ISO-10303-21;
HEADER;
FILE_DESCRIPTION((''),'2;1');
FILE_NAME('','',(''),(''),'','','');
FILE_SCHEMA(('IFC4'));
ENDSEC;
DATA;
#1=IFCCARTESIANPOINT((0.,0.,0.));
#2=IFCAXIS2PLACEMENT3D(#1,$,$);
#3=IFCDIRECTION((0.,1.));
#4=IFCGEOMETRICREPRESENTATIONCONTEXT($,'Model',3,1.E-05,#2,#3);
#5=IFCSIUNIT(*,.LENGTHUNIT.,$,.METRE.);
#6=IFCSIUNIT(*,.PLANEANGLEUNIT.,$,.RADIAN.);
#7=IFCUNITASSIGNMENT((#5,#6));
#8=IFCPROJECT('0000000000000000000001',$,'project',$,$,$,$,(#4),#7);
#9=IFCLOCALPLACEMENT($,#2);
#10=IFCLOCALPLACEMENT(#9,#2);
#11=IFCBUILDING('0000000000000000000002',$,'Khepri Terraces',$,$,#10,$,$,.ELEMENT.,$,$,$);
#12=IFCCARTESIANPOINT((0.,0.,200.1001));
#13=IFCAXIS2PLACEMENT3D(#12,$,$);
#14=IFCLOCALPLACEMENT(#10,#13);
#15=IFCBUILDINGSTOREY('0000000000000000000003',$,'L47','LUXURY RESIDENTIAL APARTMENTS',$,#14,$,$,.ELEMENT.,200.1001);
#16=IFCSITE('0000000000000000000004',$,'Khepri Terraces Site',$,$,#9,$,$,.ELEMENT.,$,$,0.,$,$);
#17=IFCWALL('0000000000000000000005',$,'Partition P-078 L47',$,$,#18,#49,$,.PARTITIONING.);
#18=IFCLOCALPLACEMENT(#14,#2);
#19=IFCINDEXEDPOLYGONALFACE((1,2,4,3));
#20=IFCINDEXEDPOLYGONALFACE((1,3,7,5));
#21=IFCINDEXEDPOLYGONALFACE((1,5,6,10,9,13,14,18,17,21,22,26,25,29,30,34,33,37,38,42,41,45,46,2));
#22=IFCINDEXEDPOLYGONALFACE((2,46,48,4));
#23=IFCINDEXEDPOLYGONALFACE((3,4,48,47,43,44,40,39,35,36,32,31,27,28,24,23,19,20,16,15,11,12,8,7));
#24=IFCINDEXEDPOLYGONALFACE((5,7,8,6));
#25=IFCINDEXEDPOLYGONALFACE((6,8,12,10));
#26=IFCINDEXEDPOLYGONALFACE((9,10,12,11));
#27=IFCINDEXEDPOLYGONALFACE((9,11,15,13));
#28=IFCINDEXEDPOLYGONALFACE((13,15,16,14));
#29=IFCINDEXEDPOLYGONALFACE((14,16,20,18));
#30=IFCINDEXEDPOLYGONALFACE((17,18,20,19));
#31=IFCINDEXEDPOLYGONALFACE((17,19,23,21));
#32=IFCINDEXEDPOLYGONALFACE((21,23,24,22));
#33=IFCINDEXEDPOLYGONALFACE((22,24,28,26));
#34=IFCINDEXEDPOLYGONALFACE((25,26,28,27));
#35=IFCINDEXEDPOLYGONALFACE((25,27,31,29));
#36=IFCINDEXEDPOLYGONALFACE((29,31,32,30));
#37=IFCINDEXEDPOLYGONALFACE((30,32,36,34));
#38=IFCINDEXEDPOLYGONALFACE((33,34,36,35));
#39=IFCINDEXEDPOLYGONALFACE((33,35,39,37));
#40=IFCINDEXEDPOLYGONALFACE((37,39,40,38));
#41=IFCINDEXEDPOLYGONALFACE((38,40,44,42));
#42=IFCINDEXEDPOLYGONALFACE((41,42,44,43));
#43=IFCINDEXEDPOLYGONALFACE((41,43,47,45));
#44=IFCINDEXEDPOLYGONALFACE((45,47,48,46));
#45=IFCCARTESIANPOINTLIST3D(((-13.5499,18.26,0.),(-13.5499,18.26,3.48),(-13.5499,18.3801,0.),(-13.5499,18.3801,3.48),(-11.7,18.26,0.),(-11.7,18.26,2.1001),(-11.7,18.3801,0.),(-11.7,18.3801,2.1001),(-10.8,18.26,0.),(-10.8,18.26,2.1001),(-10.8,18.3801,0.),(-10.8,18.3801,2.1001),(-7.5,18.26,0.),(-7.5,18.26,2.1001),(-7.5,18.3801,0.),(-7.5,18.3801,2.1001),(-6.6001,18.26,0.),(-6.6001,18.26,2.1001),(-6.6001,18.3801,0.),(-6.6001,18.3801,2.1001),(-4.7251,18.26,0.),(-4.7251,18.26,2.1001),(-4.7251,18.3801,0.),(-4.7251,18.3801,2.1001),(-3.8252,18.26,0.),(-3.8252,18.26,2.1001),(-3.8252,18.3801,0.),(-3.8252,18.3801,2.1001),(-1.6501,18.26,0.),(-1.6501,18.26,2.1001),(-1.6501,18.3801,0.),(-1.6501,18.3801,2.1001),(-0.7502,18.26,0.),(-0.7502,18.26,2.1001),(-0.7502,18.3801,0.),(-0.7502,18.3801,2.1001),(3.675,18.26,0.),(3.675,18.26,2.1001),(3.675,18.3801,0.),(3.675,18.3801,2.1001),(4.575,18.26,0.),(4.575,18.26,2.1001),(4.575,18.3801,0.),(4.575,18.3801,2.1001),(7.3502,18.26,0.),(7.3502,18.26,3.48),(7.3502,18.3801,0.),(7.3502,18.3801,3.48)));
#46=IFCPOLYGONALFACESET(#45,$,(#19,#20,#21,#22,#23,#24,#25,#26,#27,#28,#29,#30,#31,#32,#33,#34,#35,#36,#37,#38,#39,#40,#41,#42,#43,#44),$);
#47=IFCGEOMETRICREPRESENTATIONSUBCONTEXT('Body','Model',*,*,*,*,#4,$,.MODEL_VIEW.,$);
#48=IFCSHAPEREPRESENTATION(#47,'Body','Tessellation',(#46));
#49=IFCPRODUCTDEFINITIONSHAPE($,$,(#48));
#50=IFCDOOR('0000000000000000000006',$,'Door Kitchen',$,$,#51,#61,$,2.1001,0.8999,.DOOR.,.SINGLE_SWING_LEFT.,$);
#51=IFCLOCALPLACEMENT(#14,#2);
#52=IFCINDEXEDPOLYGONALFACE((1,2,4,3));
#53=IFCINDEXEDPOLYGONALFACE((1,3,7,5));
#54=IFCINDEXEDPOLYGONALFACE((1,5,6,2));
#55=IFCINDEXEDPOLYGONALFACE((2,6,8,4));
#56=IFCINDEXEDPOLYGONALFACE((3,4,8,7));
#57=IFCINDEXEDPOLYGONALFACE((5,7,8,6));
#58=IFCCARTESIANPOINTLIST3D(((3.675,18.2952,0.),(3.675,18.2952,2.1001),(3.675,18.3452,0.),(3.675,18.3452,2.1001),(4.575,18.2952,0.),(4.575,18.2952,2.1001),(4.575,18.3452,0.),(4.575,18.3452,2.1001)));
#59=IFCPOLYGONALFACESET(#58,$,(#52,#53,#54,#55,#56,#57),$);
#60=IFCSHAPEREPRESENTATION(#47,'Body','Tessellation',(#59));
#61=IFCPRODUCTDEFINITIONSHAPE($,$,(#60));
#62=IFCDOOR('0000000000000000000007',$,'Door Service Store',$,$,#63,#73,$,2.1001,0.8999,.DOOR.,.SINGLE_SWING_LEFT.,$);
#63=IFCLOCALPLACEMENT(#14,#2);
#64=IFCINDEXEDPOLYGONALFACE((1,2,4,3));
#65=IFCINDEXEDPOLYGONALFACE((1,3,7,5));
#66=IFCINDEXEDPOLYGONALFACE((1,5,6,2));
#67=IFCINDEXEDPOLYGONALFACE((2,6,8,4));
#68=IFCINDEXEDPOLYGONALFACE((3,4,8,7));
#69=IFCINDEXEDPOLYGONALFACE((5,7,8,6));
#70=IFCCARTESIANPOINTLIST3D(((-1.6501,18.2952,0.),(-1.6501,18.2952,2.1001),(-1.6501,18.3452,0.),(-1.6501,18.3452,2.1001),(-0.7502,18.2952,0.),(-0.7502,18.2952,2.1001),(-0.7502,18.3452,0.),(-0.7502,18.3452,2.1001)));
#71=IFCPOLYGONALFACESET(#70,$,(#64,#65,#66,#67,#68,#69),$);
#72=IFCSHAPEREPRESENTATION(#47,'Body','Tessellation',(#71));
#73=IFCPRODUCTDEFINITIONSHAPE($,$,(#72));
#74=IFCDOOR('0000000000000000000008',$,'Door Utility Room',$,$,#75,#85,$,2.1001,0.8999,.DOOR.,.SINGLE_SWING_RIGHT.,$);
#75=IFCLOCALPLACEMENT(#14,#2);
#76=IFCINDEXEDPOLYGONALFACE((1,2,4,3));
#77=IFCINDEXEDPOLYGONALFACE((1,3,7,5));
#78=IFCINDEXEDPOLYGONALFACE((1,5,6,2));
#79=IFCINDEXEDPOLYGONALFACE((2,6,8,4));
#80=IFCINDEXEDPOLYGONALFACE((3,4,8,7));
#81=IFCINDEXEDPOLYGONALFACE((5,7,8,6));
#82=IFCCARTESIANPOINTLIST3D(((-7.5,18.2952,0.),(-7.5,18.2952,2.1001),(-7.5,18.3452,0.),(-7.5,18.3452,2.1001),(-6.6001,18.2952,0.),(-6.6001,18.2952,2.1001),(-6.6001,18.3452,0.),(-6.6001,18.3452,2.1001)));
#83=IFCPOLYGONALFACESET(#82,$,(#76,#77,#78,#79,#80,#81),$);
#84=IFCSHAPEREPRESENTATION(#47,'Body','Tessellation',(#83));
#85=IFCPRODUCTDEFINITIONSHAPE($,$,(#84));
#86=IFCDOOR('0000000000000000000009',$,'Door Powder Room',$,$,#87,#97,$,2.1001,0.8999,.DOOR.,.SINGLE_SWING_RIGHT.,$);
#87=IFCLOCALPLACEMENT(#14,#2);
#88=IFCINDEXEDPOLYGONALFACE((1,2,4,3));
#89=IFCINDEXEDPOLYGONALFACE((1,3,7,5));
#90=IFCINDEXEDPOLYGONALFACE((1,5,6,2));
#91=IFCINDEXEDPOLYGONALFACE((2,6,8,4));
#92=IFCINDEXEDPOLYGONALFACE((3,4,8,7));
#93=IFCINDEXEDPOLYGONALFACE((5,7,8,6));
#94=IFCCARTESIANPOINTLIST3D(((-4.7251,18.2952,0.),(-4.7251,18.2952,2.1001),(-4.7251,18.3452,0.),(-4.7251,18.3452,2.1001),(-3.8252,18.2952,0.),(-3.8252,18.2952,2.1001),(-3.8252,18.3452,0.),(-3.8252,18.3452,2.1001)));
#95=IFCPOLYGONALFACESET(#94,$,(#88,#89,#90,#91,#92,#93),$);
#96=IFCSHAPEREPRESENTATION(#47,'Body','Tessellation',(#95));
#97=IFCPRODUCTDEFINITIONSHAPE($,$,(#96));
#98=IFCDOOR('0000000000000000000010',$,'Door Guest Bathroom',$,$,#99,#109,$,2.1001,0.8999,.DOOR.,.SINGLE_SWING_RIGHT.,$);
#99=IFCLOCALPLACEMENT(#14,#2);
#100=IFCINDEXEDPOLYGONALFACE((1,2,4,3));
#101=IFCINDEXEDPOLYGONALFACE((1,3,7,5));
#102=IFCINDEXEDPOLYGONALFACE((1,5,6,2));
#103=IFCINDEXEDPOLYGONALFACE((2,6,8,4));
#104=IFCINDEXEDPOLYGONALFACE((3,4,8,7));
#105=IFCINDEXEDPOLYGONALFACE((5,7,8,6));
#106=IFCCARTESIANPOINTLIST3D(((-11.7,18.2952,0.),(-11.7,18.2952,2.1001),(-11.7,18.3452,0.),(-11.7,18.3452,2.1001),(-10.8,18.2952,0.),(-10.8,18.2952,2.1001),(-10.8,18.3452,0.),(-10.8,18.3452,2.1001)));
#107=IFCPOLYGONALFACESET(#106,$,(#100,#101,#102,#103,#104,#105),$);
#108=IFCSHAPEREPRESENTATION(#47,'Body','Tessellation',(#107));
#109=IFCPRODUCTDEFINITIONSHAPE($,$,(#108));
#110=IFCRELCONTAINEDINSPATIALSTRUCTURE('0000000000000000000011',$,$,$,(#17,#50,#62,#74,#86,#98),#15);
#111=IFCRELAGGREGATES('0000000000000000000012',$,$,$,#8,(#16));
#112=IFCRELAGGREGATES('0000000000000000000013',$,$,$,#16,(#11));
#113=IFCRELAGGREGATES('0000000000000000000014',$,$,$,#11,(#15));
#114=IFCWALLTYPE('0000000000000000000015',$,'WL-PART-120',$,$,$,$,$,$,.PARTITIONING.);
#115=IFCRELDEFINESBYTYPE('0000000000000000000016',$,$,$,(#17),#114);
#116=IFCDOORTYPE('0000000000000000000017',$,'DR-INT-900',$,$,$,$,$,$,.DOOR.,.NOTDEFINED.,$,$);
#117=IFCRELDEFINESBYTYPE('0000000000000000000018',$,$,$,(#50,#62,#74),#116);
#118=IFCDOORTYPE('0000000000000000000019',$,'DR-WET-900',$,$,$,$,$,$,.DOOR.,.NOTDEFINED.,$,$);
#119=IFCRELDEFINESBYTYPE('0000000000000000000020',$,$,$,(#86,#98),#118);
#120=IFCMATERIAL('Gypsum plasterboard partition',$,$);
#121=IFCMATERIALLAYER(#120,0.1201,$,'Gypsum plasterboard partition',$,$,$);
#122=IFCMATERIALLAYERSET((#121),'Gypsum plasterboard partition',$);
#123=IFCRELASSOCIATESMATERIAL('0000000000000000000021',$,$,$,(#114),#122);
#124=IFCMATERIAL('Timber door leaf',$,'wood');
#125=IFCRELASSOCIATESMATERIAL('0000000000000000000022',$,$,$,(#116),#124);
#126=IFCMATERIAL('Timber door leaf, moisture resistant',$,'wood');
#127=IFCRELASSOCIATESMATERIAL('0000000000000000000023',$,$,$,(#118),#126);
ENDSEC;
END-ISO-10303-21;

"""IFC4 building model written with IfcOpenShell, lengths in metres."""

from ifc_helpers import new_model, si_unit, direction, frame, frame_2d, origin, place, context, subcontext, project, spatial, rectangle, extrude, material, layer, layer_set, type_object, element, fill, save


model = new_model("IFC4")

# Units and contexts
model_context = context("Model", 3, precision=1e-05, world=origin(), true_north=direction((0.0, 1.0)))
body_context = subcontext(model_context, "Body", "Model", "MODEL_VIEW")
ifc_project = project(units=[si_unit("LENGTHUNIT", "METRE"), si_unit("PLANEANGLEUNIT", "RADIAN")], contexts=[model_context])

# Site, building, storey
site_placement = place(None, origin())
site = spatial("IfcSite", under=ifc_project, at=site_placement, Name="Khepri Terraces Site", CompositionType="ELEMENT", RefElevation=0.0)
building_placement = place(site_placement, origin())
building = spatial("IfcBuilding", under=site, at=building_placement, Name="Khepri Terraces", CompositionType="ELEMENT")
storey_placement = place(building_placement, frame((0.0, 0.0, 200.1001)))
storey = spatial("IfcBuildingStorey", under=building, at=storey_placement, Name="L47", Description="LUXURY RESIDENTIAL APARTMENTS", CompositionType="ELEMENT", Elevation=200.1001)

# Shared definitions
ifc_material_1 = material(Name="Gypsum plasterboard partition")
ifc_layer_1 = layer(ifc_material_1, 0.1201, Name="Gypsum plasterboard partition")
ifc_layer_set_1 = layer_set([ifc_layer_1], Name="Gypsum plasterboard partition")
wall_type_1 = type_object("IfcWallType", Name="WL-PART-120", PredefinedType="PARTITIONING", material=ifc_layer_set_1)

# Wall, openings, doors
wall_1_placement = place(storey_placement, frame((-13.55, 18.3201, 0.0), z_axis=(0.0, 0.0, 1.0), x_axis=(1.0, 0.0, 0.0)))
wall_1 = element("IfcWall", 1, at=wall_1_placement, inside=storey, type_object=wall_type_1, Name="Partition P-078 L47", PredefinedType="PARTITIONING", context=body_context, shape_type="SweptSolid", body=[
    extrude(rectangle(XDim=20.9001, YDim=0.1201, at=frame_2d((10.4502, 0.0))), origin(), (0.0, 0.0, 1.0), 3.48),
])
opening_1_placement = place(wall_1_placement, frame((17.2251, 0.0, 0.0)))
opening_1 = element("IfcOpeningElement", 2, at=opening_1_placement, cuts=wall_1, PredefinedType="OPENING", context=body_context, shape_type="SweptSolid", body=[
    extrude(rectangle(XDim=0.8999, YDim=2.1001, at=frame_2d((0.45, 1.05))), frame((0.0, 0.0701, 0.0), z_axis=(0.0, -1.0, 0.0), x_axis=(1.0, 0.0, 0.0)), (0.0, 0.0, 1.0), 0.1401),
])
opening_2_placement = place(wall_1_placement, frame((11.8999, 0.0, 0.0)))
opening_2 = element("IfcOpeningElement", 3, at=opening_2_placement, cuts=wall_1, PredefinedType="OPENING", context=body_context, shape_type="SweptSolid", body=[
    extrude(rectangle(XDim=0.8999, YDim=2.1001, at=frame_2d((0.45, 1.05))), frame((0.0, 0.0701, 0.0), z_axis=(0.0, -1.0, 0.0), x_axis=(1.0, 0.0, 0.0)), (0.0, 0.0, 1.0), 0.1401),
])
opening_3_placement = place(wall_1_placement, frame((8.825, 0.0, 0.0)))
opening_3 = element("IfcOpeningElement", 4, at=opening_3_placement, cuts=wall_1, PredefinedType="OPENING", context=body_context, shape_type="SweptSolid", body=[
    extrude(rectangle(XDim=0.8999, YDim=2.1001, at=frame_2d((0.45, 1.05))), frame((0.0, 0.0701, 0.0), z_axis=(0.0, -1.0, 0.0), x_axis=(1.0, 0.0, 0.0)), (0.0, 0.0, 1.0), 0.1401),
])
opening_4_placement = place(wall_1_placement, frame((6.05, 0.0, 0.0)))
opening_4 = element("IfcOpeningElement", 5, at=opening_4_placement, cuts=wall_1, PredefinedType="OPENING", context=body_context, shape_type="SweptSolid", body=[
    extrude(rectangle(XDim=0.8999, YDim=2.1001, at=frame_2d((0.45, 1.05))), frame((0.0, 0.0701, 0.0), z_axis=(0.0, -1.0, 0.0), x_axis=(1.0, 0.0, 0.0)), (0.0, 0.0, 1.0), 0.1401),
])
opening_5_placement = place(wall_1_placement, frame((1.8501, 0.0, 0.0)))
opening_5 = element("IfcOpeningElement", 6, at=opening_5_placement, cuts=wall_1, PredefinedType="OPENING", context=body_context, shape_type="SweptSolid", body=[
    extrude(rectangle(XDim=0.8999, YDim=2.1001, at=frame_2d((0.45, 1.05))), frame((0.0, 0.0701, 0.0), z_axis=(0.0, -1.0, 0.0), x_axis=(1.0, 0.0, 0.0)), (0.0, 0.0, 1.0), 0.1401),
])
ifc_material_2 = material(Name="Timber door leaf", Category="wood")
door_type_1 = type_object("IfcDoorType", Name="DR-INT-900", OperationType="NOTDEFINED", PredefinedType="DOOR", material=ifc_material_2)
door_1_placement = place(opening_1_placement, frame((0.8999, 0.0, 0.0), z_axis=(0.0, 0.0, 1.0), x_axis=(-1.0, 0.0, 0.0)))
door_1 = element("IfcDoor", 7, at=door_1_placement, inside=storey, type_object=door_type_1, Name="Door Kitchen", OperationType="SINGLE_SWING_LEFT", OverallHeight=2.1001, OverallWidth=0.8999, PredefinedType="DOOR", context=body_context, shape_type="SweptSolid", body=[
    extrude(rectangle(XDim=0.8999, YDim=2.1001, at=frame_2d((0.45, 1.05))), frame((0.0, 0.0249, 0.0), z_axis=(0.0, -1.0, 0.0), x_axis=(1.0, 0.0, 0.0)), (0.0, 0.0, 1.0), 0.05),
])
fill(opening_1, door_1)
door_2_placement = place(opening_2_placement, frame((0.8999, 0.0, 0.0), z_axis=(0.0, 0.0, 1.0), x_axis=(-1.0, 0.0, 0.0)))
door_2 = element("IfcDoor", 8, at=door_2_placement, inside=storey, type_object=door_type_1, Name="Door Service Store", OperationType="SINGLE_SWING_LEFT", OverallHeight=2.1001, OverallWidth=0.8999, PredefinedType="DOOR", context=body_context, shape_type="SweptSolid", body=[
    extrude(rectangle(XDim=0.8999, YDim=2.1001, at=frame_2d((0.45, 1.05))), frame((0.0, 0.0249, 0.0), z_axis=(0.0, -1.0, 0.0), x_axis=(1.0, 0.0, 0.0)), (0.0, 0.0, 1.0), 0.05),
])
fill(opening_2, door_2)
door_3_placement = place(opening_4_placement, frame((0.8999, 0.0, 0.0), z_axis=(0.0, 0.0, 1.0), x_axis=(-1.0, 0.0, 0.0)))
door_3 = element("IfcDoor", 9, at=door_3_placement, inside=storey, type_object=door_type_1, Name="Door Utility Room", OperationType="SINGLE_SWING_RIGHT", OverallHeight=2.1001, OverallWidth=0.8999, PredefinedType="DOOR", context=body_context, shape_type="SweptSolid", body=[
    extrude(rectangle(XDim=0.8999, YDim=2.1001, at=frame_2d((0.45, 1.05))), frame((0.0, 0.0249, 0.0), z_axis=(0.0, -1.0, 0.0), x_axis=(1.0, 0.0, 0.0)), (0.0, 0.0, 1.0), 0.05),
])
fill(opening_4, door_3)
ifc_material_3 = material(Name="Timber door leaf, moisture resistant", Category="wood")
door_type_2 = type_object("IfcDoorType", Name="DR-WET-900", OperationType="NOTDEFINED", PredefinedType="DOOR", material=ifc_material_3)
door_4_placement = place(opening_3_placement, frame((0.8999, 0.0, 0.0), z_axis=(0.0, 0.0, 1.0), x_axis=(-1.0, 0.0, 0.0)))
door_4 = element("IfcDoor", 10, at=door_4_placement, inside=storey, type_object=door_type_2, Name="Door Powder Room", OperationType="SINGLE_SWING_RIGHT", OverallHeight=2.1001, OverallWidth=0.8999, PredefinedType="DOOR", context=body_context, shape_type="SweptSolid", body=[
    extrude(rectangle(XDim=0.8999, YDim=2.1001, at=frame_2d((0.45, 1.05))), frame((0.0, 0.0249, 0.0), z_axis=(0.0, -1.0, 0.0), x_axis=(1.0, 0.0, 0.0)), (0.0, 0.0, 1.0), 0.05),
])
fill(opening_3, door_4)
door_5_placement = place(opening_5_placement, frame((0.8999, 0.0, 0.0), z_axis=(0.0, 0.0, 1.0), x_axis=(-1.0, 0.0, 0.0)))
door_5 = element("IfcDoor", 11, at=door_5_placement, inside=storey, type_object=door_type_2, Name="Door Guest Bathroom", OperationType="SINGLE_SWING_RIGHT", OverallHeight=2.1001, OverallWidth=0.8999, PredefinedType="DOOR", context=body_context, shape_type="SweptSolid", body=[
    extrude(rectangle(XDim=0.8999, YDim=2.1001, at=frame_2d((0.45, 1.05))), frame((0.0, 0.0249, 0.0), z_axis=(0.0, -1.0, 0.0), x_axis=(1.0, 0.0, 0.0)), (0.0, 0.0, 1.0), 0.05),
])
fill(opening_5, door_5)

save(model, "model.ifc")
